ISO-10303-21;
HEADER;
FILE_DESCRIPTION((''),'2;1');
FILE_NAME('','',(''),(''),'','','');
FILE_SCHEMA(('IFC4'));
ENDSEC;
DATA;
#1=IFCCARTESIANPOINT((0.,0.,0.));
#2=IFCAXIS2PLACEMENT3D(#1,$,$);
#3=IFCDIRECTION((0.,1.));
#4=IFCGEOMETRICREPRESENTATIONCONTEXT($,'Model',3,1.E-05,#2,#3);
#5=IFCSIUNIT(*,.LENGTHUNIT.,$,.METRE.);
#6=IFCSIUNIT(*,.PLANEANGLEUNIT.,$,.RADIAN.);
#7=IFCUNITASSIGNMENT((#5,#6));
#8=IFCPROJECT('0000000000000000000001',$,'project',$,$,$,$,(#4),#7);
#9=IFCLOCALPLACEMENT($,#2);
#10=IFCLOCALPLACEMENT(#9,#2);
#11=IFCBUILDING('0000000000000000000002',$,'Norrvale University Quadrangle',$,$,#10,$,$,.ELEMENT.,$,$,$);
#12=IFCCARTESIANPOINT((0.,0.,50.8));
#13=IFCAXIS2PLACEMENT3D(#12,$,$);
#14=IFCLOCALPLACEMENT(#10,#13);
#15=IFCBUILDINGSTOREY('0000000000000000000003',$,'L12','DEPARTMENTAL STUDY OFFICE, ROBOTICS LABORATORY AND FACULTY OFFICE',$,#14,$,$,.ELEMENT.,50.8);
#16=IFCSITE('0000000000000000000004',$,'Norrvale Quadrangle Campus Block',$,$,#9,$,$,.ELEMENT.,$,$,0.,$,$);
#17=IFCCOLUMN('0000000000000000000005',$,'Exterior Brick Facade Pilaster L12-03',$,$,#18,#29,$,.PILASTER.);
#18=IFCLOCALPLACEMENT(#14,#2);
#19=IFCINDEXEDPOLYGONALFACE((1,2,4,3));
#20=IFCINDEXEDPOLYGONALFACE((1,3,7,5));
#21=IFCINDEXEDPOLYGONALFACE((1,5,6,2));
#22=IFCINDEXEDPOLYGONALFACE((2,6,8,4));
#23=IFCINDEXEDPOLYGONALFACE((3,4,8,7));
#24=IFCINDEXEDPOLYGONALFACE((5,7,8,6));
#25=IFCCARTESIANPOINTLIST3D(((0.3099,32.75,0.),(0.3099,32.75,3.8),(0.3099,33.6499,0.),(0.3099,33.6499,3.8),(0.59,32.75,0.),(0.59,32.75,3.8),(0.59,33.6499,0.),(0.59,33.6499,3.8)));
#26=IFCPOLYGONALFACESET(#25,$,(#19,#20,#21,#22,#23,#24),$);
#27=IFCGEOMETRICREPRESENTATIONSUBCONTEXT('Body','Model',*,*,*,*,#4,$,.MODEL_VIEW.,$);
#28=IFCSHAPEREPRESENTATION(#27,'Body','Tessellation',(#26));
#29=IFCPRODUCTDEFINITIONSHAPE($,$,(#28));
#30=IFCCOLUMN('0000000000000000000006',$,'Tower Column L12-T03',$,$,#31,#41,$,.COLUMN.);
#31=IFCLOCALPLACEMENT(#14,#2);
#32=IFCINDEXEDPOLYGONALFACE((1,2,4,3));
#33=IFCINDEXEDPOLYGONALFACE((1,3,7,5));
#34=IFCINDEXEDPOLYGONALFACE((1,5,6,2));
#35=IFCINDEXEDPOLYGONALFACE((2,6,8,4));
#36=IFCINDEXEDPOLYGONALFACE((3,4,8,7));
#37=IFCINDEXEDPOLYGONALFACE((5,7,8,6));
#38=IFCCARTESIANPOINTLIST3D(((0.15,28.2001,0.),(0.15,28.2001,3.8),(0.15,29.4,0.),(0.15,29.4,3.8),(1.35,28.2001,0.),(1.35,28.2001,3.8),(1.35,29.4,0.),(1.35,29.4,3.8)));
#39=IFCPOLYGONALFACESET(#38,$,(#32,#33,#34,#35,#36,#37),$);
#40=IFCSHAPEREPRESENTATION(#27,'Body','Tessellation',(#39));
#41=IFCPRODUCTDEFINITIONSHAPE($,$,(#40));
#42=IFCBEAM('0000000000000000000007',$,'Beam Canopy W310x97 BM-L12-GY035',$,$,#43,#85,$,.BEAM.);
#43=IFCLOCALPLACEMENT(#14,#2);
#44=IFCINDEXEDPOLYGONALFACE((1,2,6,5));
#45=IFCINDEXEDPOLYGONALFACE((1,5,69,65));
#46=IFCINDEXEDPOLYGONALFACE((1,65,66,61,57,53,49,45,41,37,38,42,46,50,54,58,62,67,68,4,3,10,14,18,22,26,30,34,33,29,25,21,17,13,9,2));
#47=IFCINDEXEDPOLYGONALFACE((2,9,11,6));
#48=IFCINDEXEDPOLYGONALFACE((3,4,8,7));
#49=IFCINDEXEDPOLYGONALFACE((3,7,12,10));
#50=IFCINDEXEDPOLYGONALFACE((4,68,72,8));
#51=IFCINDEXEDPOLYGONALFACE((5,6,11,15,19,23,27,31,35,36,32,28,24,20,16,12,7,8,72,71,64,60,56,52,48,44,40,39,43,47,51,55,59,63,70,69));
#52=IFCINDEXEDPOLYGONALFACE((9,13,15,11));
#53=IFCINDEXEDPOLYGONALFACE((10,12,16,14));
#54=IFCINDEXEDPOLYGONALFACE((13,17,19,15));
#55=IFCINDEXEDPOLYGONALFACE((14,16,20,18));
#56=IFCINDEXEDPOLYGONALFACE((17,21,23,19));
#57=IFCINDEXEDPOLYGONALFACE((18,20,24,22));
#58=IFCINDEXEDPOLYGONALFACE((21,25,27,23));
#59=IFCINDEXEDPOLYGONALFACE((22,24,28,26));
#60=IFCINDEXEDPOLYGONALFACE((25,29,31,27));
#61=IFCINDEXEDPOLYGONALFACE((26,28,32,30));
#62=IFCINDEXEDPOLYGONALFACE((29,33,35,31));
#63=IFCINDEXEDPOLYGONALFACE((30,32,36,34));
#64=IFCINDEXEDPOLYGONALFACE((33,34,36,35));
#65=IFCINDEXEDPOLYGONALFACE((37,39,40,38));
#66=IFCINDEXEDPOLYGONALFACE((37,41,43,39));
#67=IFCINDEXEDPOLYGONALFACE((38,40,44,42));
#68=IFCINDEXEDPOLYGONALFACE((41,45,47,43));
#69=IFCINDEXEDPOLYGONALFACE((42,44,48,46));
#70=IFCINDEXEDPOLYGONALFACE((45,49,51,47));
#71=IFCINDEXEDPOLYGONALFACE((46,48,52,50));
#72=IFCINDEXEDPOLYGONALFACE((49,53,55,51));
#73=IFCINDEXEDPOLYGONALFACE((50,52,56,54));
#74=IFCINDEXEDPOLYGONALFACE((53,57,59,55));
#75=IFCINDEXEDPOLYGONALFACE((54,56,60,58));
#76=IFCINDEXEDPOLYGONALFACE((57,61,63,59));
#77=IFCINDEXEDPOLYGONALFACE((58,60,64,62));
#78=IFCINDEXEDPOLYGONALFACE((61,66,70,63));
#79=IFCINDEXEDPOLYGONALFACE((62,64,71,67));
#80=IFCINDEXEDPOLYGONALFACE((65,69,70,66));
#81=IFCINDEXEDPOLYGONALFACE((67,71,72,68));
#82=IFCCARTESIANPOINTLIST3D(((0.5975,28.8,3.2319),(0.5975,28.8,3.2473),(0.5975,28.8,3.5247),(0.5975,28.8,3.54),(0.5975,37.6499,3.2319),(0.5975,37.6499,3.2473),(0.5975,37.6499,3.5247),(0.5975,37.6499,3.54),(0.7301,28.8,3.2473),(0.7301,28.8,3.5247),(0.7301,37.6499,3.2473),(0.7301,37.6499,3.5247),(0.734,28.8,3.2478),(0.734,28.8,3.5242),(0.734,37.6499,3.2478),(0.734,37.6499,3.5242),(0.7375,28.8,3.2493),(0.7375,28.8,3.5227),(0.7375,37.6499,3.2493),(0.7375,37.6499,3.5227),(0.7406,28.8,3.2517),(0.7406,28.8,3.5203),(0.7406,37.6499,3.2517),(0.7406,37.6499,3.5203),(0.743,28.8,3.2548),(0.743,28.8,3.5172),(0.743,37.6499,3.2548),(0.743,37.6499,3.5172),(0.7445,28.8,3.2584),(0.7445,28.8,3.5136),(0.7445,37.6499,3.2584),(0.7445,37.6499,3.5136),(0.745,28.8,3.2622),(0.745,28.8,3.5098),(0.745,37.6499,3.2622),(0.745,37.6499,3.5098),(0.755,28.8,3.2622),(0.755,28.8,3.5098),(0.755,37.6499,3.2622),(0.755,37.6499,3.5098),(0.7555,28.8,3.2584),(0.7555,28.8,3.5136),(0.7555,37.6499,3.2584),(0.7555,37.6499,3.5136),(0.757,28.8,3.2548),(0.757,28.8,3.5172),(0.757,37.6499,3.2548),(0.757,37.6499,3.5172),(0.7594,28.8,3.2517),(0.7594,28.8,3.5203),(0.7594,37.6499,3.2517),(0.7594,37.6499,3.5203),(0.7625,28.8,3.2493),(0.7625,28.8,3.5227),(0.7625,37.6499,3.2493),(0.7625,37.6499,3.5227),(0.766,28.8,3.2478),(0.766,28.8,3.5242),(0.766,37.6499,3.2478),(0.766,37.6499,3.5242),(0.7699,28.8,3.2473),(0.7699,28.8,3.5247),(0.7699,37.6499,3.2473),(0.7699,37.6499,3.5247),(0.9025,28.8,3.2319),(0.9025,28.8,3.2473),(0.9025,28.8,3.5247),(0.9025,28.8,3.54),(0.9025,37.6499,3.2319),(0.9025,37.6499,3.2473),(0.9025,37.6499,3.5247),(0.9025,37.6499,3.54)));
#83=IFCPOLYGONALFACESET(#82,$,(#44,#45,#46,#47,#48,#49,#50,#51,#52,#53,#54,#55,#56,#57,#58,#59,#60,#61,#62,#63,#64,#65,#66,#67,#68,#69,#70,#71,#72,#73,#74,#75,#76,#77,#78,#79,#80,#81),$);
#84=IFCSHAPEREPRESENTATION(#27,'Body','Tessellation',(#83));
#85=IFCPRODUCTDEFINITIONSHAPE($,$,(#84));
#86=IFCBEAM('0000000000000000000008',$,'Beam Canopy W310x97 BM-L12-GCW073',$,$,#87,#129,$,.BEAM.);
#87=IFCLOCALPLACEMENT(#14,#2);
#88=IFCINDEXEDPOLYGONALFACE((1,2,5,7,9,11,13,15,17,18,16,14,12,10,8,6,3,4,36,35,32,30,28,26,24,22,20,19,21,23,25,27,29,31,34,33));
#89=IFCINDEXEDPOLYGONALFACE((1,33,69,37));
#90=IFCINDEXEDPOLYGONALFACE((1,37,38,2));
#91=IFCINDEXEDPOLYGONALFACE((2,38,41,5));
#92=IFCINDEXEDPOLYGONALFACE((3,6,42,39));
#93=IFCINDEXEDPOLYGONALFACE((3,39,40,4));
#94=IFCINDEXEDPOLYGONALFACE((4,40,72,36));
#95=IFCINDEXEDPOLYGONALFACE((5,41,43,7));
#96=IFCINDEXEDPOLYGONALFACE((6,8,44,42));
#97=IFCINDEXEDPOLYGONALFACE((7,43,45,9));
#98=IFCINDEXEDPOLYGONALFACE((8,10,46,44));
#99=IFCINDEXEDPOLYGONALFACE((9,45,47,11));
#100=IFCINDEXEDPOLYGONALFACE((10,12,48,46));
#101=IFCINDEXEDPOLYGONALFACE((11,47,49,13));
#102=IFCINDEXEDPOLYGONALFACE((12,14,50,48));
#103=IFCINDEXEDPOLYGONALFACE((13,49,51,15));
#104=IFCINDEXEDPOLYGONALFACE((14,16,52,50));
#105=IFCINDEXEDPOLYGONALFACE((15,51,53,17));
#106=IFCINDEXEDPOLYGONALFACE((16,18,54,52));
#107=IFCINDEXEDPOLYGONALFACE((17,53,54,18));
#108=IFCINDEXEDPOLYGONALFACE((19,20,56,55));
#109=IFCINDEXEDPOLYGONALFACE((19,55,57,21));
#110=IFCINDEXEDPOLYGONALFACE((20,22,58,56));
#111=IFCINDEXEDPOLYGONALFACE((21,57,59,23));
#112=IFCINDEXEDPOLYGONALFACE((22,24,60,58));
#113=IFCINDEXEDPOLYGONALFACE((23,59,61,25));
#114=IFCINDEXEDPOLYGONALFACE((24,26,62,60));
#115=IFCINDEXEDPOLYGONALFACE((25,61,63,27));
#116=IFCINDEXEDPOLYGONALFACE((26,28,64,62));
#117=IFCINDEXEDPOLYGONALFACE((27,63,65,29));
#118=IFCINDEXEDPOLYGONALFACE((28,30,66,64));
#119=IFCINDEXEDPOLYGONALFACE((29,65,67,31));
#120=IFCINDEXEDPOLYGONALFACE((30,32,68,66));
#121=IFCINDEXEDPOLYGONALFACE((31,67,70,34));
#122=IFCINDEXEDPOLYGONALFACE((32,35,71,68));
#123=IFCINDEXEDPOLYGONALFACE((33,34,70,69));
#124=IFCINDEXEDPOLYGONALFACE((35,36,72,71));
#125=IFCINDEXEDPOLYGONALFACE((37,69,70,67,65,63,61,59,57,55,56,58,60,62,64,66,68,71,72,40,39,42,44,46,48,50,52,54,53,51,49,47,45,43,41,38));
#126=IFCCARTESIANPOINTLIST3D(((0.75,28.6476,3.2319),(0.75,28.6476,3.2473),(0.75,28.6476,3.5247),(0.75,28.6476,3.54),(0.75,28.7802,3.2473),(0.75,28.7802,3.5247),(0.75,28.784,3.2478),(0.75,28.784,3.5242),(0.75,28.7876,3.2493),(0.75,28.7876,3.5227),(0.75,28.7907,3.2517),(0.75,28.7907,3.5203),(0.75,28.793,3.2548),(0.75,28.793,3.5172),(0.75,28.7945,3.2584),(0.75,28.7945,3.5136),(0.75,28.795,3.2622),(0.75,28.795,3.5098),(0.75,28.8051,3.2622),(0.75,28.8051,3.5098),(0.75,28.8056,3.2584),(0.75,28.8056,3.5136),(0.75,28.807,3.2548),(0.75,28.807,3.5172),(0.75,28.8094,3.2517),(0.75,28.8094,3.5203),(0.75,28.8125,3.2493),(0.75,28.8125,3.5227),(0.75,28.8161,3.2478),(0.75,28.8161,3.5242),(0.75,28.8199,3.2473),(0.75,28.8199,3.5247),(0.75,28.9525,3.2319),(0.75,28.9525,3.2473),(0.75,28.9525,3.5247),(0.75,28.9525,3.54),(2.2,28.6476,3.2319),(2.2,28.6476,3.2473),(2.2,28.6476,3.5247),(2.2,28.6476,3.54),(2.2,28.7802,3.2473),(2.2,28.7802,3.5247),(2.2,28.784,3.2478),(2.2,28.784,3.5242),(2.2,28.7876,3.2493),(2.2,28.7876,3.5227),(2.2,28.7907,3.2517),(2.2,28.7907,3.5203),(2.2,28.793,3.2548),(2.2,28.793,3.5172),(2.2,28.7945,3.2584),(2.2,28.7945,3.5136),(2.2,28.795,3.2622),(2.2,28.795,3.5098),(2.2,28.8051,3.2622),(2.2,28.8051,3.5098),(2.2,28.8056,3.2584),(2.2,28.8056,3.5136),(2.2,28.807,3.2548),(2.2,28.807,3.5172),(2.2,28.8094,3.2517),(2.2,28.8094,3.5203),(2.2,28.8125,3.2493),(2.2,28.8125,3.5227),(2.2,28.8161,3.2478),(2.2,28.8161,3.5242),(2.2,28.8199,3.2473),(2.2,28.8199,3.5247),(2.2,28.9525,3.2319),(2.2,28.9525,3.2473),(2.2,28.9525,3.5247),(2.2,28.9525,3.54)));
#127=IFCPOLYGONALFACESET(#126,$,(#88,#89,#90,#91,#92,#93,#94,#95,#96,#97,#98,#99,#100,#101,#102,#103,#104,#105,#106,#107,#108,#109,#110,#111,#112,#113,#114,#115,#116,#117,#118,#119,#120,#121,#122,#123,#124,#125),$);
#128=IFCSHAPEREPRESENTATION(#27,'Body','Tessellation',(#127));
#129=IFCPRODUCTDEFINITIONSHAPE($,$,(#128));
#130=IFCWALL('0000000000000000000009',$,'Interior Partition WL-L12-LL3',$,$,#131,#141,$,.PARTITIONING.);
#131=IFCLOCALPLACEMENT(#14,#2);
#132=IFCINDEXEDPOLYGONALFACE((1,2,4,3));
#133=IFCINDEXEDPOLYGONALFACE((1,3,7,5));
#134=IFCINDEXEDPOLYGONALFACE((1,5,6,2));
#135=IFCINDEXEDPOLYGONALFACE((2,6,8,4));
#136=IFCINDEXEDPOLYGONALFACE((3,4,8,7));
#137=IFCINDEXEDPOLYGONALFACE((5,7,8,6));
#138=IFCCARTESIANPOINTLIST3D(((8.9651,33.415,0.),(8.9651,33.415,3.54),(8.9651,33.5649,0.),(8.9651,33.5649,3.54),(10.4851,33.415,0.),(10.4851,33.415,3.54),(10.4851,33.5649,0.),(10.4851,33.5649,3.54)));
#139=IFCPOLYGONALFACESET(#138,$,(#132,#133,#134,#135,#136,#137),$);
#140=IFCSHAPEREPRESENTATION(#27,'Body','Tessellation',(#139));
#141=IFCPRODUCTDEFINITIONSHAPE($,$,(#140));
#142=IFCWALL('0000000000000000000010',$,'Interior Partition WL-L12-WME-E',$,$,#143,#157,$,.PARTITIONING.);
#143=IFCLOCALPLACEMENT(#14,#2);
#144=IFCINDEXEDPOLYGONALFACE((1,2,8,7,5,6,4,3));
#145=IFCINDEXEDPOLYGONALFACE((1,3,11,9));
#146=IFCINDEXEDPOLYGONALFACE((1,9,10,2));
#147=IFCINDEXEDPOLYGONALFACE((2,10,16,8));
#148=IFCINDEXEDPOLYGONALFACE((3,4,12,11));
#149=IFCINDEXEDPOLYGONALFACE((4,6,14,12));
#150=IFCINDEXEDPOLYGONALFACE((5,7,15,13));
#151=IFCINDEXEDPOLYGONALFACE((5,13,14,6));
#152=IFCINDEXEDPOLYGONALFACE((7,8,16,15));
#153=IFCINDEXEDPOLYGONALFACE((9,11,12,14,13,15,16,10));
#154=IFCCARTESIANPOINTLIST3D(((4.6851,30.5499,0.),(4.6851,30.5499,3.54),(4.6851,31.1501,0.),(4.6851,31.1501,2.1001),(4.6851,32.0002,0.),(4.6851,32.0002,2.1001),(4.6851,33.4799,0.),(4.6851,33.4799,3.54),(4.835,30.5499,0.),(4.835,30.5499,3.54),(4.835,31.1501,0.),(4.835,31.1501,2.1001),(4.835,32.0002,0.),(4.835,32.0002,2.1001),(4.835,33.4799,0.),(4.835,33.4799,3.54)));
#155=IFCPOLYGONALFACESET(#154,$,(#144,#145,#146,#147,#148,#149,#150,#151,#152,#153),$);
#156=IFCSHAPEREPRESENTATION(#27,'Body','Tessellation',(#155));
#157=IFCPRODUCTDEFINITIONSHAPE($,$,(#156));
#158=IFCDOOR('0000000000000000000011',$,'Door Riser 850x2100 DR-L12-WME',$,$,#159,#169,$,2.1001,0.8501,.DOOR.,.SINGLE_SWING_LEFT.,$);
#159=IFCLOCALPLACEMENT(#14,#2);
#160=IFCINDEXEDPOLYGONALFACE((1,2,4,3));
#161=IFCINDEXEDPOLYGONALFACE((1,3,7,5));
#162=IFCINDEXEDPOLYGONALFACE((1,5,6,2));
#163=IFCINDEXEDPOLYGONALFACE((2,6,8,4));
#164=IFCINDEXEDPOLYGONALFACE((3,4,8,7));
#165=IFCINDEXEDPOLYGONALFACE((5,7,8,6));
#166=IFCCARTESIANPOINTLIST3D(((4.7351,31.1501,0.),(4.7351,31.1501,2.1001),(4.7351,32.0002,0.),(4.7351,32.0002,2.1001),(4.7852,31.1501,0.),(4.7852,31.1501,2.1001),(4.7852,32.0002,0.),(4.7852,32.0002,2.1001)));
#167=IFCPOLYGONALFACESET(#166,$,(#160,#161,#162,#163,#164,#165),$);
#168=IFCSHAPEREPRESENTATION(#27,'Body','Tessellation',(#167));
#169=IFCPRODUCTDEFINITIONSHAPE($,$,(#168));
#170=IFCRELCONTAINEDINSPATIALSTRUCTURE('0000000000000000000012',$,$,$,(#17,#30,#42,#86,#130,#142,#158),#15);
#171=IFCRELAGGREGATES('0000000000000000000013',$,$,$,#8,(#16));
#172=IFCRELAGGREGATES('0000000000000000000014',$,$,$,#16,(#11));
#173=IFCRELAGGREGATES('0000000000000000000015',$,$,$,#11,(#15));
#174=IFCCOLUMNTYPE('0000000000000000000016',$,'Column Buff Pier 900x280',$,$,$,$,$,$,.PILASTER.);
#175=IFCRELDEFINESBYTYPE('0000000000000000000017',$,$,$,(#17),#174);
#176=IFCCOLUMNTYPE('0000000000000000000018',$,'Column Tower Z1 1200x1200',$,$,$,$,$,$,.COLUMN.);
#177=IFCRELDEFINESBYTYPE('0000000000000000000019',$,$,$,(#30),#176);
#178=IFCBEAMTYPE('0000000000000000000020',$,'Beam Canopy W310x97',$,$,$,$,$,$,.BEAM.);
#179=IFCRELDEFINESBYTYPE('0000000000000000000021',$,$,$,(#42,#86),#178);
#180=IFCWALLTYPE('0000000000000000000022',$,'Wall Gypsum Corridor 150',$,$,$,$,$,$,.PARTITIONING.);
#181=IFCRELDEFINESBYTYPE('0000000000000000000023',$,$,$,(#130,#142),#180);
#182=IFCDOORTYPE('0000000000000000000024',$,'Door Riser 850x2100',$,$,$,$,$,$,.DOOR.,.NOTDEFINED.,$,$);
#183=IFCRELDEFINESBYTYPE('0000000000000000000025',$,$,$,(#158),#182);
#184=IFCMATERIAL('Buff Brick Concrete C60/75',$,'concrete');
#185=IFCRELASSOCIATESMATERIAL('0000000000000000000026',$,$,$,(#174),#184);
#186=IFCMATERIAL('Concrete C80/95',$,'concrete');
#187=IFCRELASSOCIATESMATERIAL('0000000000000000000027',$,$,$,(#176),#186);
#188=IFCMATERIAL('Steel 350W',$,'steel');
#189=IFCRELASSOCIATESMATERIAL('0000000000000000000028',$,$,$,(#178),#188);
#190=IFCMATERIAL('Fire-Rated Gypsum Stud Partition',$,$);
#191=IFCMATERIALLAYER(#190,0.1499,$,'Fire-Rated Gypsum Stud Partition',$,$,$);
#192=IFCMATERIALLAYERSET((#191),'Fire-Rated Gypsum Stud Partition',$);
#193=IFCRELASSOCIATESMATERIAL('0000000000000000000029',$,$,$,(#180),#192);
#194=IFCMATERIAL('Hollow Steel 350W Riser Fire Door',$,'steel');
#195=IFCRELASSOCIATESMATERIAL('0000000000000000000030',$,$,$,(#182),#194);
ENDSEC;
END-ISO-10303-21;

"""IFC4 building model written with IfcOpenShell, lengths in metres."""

from ifc_helpers import new_model, si_unit, direction, frame, frame_2d, origin, origin_2d, place, context, subcontext, project, spatial, rectangle, i_section, extrude, material, layer, layer_set, material_profile, profile_set, type_object, element, fill, save


model = new_model("IFC4")

# Units and contexts
model_context = context("Model", 3, precision=1e-05, world=origin(), true_north=direction((0.0, 1.0)))
body_context = subcontext(model_context, "Body", "Model", "MODEL_VIEW")
ifc_project = project(units=[si_unit("LENGTHUNIT", "METRE"), si_unit("PLANEANGLEUNIT", "RADIAN")], contexts=[model_context])

# Site, building, storey
site_placement = place(None, origin())
site = spatial("IfcSite", under=ifc_project, at=site_placement, Name="Norrvale Quadrangle Campus Block", CompositionType="ELEMENT", RefElevation=0.0)
building_placement = place(site_placement, origin())
building = spatial("IfcBuilding", under=site, at=building_placement, Name="Norrvale University Quadrangle", CompositionType="ELEMENT")
storey_placement = place(building_placement, frame((0.0, 0.0, 50.8)))
storey = spatial("IfcBuildingStorey", under=building, at=storey_placement, Name="L12", Description="DEPARTMENTAL STUDY OFFICE, ROBOTICS LABORATORY AND FACULTY OFFICE", CompositionType="ELEMENT", Elevation=50.8)

# Columns
ifc_material_1 = material(Name="Buff Brick Concrete C60/75", Category="concrete")
ifc_material_profile_1 = material_profile(ifc_material_1, rectangle(XDim=0.8999, YDim=0.28, at=origin_2d()), Name="Buff Brick Concrete C60/75")
ifc_profile_set_1 = profile_set([ifc_material_profile_1], Name="Buff Brick Concrete C60/75")
column_type_1 = type_object("IfcColumnType", Name="Column Buff Pier 900x280", PredefinedType="PILASTER", material=ifc_profile_set_1)
column_1_placement = place(storey_placement, frame((0.45, 33.2, 0.0), z_axis=(0.0, 0.0, 1.0), x_axis=(0.0, 1.0, 0.0)))
element("IfcColumn", 1, at=column_1_placement, inside=storey, type_object=column_type_1, Name="Exterior Brick Facade Pilaster L12-03", PredefinedType="PILASTER", context=body_context, shape_type="SweptSolid", body=[
    extrude(rectangle(XDim=0.8999, YDim=0.28, at=origin_2d()), origin(), (0.0, 0.0, 1.0), 3.8),
])
ifc_material_2 = material(Name="Concrete C80/95", Category="concrete")
ifc_material_profile_2 = material_profile(ifc_material_2, rectangle(XDim=1.2, YDim=1.2, at=origin_2d()), Name="Concrete C80/95")
ifc_profile_set_2 = profile_set([ifc_material_profile_2], Name="Concrete C80/95")
column_type_2 = type_object("IfcColumnType", Name="Column Tower Z1 1200x1200", PredefinedType="COLUMN", material=ifc_profile_set_2)
column_2_placement = place(storey_placement, frame((0.75, 28.8, 0.0), z_axis=(0.0, 0.0, 1.0), x_axis=(1.0, 0.0, 0.0)))
element("IfcColumn", 2, at=column_2_placement, inside=storey, type_object=column_type_2, Name="Tower Column L12-T03", PredefinedType="COLUMN", context=body_context, shape_type="SweptSolid", body=[
    extrude(rectangle(XDim=1.2, YDim=1.2, at=origin_2d()), origin(), (0.0, 0.0, 1.0), 3.8),
])

# Beams
ifc_material_3 = material(Name="Steel 350W", Category="steel")
ifc_material_profile_3 = material_profile(ifc_material_3, i_section(OverallWidth=0.3049, OverallDepth=0.3081, WebThickness=0.01, FlangeThickness=0.0154, FilletRadius=0.0149, at=origin_2d()), Name="Steel 350W")
ifc_profile_set_3 = profile_set([ifc_material_profile_3], Name="Steel 350W")
beam_type = type_object("IfcBeamType", Name="Beam Canopy W310x97", PredefinedType="BEAM", material=ifc_profile_set_3)
beam_1_placement = place(storey_placement, frame((0.75, 28.8, 3.386), z_axis=(0.0, 1.0, 0.0), x_axis=(-1.0, 0.0, 0.0)))
element("IfcBeam", 3, at=beam_1_placement, inside=storey, type_object=beam_type, Name="Beam Canopy W310x97 BM-L12-GY035", PredefinedType="BEAM", context=body_context, shape_type="SweptSolid", body=[
    extrude(i_section(OverallWidth=0.3049, OverallDepth=0.3081, WebThickness=0.01, FlangeThickness=0.0154, FilletRadius=0.0149, at=origin_2d()), origin(), (0.0, 0.0, 1.0), 8.8499),
])
beam_2_placement = place(storey_placement, frame((0.75, 28.8, 3.386), z_axis=(1.0, 0.0, 0.0), x_axis=(0.0, 1.0, 0.0)))
element("IfcBeam", 4, at=beam_2_placement, inside=storey, type_object=beam_type, Name="Beam Canopy W310x97 BM-L12-GCW073", PredefinedType="BEAM", context=body_context, shape_type="SweptSolid", body=[
    extrude(i_section(OverallWidth=0.3049, OverallDepth=0.3081, WebThickness=0.01, FlangeThickness=0.0154, FilletRadius=0.0149, at=origin_2d()), origin(), (0.0, 0.0, 1.0), 1.45),
])

# Wall
ifc_material_4 = material(Name="Fire-Rated Gypsum Stud Partition")
ifc_layer_1 = layer(ifc_material_4, 0.1499, Name="Fire-Rated Gypsum Stud Partition")
ifc_layer_set_1 = layer_set([ifc_layer_1], Name="Fire-Rated Gypsum Stud Partition")
wall_type_1 = type_object("IfcWallType", Name="Wall Gypsum Corridor 150", PredefinedType="PARTITIONING", material=ifc_layer_set_1)
wall_1_placement = place(storey_placement, frame((8.9651, 33.49, 0.0), z_axis=(0.0, 0.0, 1.0), x_axis=(1.0, 0.0, 0.0)))
element("IfcWall", 5, at=wall_1_placement, inside=storey, type_object=wall_type_1, Name="Interior Partition WL-L12-LL3", PredefinedType="PARTITIONING", context=body_context, shape_type="SweptSolid", body=[
    extrude(rectangle(XDim=1.52, YDim=0.1499, at=frame_2d((0.76, 0.0))), origin(), (0.0, 0.0, 1.0), 3.54),
])

# Wall, opening, door
wall_2_placement = place(storey_placement, frame((4.76, 30.55, 0.0), z_axis=(0.0, 0.0, 1.0), x_axis=(0.0, 1.0, 0.0)))
wall_2 = element("IfcWall", 6, at=wall_2_placement, inside=storey, type_object=wall_type_1, Name="Interior Partition WL-L12-WME-E", PredefinedType="PARTITIONING", context=body_context, shape_type="SweptSolid", body=[
    extrude(rectangle(XDim=2.9299, YDim=0.1499, at=frame_2d((1.4648, 0.0))), origin(), (0.0, 0.0, 1.0), 3.54),
])
opening_1_placement = place(wall_2_placement, frame((0.6001, 0.0, 0.0)))
opening_1 = element("IfcOpeningElement", 7, at=opening_1_placement, cuts=wall_2, PredefinedType="OPENING", context=body_context, shape_type="SweptSolid", body=[
    extrude(rectangle(XDim=0.8501, YDim=2.1001, at=frame_2d((0.425, 1.05))), frame((0.0, 0.0869, 0.0), z_axis=(0.0, -1.0, 0.0), x_axis=(1.0, 0.0, 0.0)), (0.0, 0.0, 1.0), 0.1738),
])
ifc_material_5 = material(Name="Hollow Steel 350W Riser Fire Door", Category="steel")
door_type_1 = type_object("IfcDoorType", Name="Door Riser 850x2100", OperationType="NOTDEFINED", PredefinedType="DOOR", material=ifc_material_5)
door_1_placement = place(opening_1_placement, origin())
door_1 = element("IfcDoor", 8, at=door_1_placement, inside=storey, type_object=door_type_1, Name="Door Riser 850x2100 DR-L12-WME", OperationType="SINGLE_SWING_LEFT", OverallHeight=2.1001, OverallWidth=0.8501, PredefinedType="DOOR", context=body_context, shape_type="SweptSolid", body=[
    extrude(rectangle(XDim=0.8501, YDim=2.1001, at=frame_2d((0.425, 1.05))), frame((0.0, 0.0249, 0.0), z_axis=(0.0, -1.0, 0.0), x_axis=(1.0, 0.0, 0.0)), (0.0, 0.0, 1.0), 0.05),
])
fill(opening_1, door_1)

save(model, "model.ifc")
